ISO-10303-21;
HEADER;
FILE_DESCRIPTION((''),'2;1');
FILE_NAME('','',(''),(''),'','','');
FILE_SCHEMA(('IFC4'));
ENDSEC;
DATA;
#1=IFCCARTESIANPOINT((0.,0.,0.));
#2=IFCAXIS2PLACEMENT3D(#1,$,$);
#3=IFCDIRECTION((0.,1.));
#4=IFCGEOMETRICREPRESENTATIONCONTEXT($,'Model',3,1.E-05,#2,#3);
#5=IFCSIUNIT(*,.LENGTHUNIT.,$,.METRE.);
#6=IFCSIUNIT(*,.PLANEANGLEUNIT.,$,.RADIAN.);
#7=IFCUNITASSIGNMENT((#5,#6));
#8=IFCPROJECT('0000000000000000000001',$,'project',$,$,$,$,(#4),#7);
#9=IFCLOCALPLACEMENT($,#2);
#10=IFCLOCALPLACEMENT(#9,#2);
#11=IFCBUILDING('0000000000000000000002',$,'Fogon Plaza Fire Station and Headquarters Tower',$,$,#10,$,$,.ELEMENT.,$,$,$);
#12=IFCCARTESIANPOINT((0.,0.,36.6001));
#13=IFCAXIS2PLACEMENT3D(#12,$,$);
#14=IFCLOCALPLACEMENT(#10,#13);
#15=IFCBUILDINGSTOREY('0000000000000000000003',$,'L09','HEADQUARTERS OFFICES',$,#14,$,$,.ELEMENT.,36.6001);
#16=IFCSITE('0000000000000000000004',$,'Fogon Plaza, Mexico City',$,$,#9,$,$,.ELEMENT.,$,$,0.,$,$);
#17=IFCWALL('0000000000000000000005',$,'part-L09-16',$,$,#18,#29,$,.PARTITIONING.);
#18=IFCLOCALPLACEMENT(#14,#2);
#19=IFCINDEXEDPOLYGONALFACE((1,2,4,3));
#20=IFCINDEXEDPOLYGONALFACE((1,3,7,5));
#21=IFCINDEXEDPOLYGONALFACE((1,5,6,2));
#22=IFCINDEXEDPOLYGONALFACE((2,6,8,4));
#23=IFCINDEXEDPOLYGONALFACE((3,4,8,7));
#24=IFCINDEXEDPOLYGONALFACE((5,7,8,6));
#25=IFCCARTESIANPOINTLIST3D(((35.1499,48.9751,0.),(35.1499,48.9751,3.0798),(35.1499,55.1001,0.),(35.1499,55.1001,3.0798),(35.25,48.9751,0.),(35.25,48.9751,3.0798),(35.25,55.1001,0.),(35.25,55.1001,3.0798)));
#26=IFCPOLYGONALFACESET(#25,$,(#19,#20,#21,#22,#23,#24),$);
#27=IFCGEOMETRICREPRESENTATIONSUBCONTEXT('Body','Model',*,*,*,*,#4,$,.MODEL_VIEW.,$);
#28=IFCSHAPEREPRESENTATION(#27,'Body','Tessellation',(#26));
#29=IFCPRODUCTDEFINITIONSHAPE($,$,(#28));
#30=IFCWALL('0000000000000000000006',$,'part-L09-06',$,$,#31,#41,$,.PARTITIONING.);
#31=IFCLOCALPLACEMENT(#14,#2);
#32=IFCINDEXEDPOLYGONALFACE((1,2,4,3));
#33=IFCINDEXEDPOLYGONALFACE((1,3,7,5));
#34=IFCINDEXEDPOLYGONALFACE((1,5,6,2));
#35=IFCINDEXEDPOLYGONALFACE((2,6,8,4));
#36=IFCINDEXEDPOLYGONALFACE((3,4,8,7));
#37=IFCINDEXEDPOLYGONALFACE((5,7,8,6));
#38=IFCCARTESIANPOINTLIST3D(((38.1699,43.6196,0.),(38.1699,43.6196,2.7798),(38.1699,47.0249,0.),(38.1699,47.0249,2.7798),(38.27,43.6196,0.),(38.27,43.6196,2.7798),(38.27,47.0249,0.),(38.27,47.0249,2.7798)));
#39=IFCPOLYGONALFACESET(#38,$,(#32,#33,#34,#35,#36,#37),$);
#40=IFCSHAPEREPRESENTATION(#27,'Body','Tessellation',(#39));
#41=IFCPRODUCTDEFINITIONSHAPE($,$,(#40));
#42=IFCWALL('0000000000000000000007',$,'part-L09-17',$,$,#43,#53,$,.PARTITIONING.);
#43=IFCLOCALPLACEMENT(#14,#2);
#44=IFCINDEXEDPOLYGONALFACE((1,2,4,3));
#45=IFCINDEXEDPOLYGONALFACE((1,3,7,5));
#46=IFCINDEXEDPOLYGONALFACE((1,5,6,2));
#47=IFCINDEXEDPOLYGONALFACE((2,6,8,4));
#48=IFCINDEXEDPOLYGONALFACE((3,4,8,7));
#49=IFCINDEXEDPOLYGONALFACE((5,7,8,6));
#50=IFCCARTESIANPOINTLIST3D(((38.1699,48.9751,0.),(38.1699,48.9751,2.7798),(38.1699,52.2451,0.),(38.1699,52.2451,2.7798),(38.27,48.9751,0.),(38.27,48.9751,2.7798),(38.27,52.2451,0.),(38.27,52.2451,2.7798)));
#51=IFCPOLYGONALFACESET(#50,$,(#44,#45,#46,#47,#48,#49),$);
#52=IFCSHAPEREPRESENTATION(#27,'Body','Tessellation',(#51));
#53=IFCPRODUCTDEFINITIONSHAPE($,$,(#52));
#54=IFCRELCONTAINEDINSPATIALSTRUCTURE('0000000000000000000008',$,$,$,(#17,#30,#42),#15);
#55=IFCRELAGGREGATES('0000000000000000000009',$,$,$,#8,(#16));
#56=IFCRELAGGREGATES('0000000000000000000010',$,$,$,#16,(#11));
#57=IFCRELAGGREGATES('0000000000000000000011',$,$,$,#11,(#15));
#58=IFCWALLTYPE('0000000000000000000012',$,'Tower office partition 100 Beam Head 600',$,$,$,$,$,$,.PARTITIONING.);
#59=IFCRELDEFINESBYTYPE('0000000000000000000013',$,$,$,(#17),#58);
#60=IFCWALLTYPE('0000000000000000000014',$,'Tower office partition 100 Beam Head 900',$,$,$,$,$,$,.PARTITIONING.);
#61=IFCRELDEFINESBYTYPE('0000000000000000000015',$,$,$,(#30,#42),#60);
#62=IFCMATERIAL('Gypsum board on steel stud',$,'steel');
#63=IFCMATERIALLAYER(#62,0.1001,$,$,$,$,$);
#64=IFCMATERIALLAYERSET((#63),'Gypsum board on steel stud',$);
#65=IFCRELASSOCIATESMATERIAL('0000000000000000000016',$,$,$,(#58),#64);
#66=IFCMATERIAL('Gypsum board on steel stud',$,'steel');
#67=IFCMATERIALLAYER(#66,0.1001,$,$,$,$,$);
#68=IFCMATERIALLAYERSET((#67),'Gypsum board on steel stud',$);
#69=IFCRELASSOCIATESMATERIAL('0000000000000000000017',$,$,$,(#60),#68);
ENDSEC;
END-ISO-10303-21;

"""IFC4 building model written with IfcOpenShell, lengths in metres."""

from ifc_helpers import new_model, si_unit, direction, frame, frame_2d, origin, place, context, subcontext, project, spatial, rectangle, extrude, material, layer, layer_set, type_object, element, save


model = new_model("IFC4")

# Units and contexts
model_context = context("Model", 3, precision=1e-05, world=origin(), true_north=direction((0.0, 1.0)))
body_context = subcontext(model_context, "Body", "Model", "MODEL_VIEW")
ifc_project = project(units=[si_unit("LENGTHUNIT", "METRE"), si_unit("PLANEANGLEUNIT", "RADIAN")], contexts=[model_context])

# Site, building, storey
site_placement = place(None, origin())
site = spatial("IfcSite", under=ifc_project, at=site_placement, Name="Fogon Plaza, Mexico City", CompositionType="ELEMENT", RefElevation=0.0)
building_placement = place(site_placement, origin())
building = spatial("IfcBuilding", under=site, at=building_placement, Name="Fogon Plaza Fire Station and Headquarters Tower", CompositionType="ELEMENT")
storey_placement = place(building_placement, frame((0.0, 0.0, 36.6001)))
storey = spatial("IfcBuildingStorey", under=building, at=storey_placement, Name="L09", Description="HEADQUARTERS OFFICES", CompositionType="ELEMENT", Elevation=36.6001)

# Walls
ifc_material_1 = material(Name="Gypsum board on steel stud", Category="steel")
ifc_layer_1 = layer(ifc_material_1, 0.1001)
ifc_layer_set_1 = layer_set([ifc_layer_1], Name="Gypsum board on steel stud")
wall_type_1 = type_object("IfcWallType", Name="Tower office partition 100 Beam Head 600", PredefinedType="PARTITIONING", material=ifc_layer_set_1)
wall_1_placement = place(storey_placement, frame((35.2, 48.9751, 0.0), z_axis=(0.0, 0.0, 1.0), x_axis=(0.0, 1.0, 0.0)))
element("IfcWall", 1, at=wall_1_placement, inside=storey, type_object=wall_type_1, Name="part-L09-16", PredefinedType="PARTITIONING", context=body_context, shape_type="SweptSolid", body=[
    extrude(rectangle(XDim=6.125, YDim=0.1001, at=frame_2d((3.0625, 0.0))), origin(), (0.0, 0.0, 1.0), 3.0798),
])
ifc_material_2 = material(Name="Gypsum board on steel stud", Category="steel")
ifc_layer_2 = layer(ifc_material_2, 0.1001)
ifc_layer_set_2 = layer_set([ifc_layer_2], Name="Gypsum board on steel stud")
wall_type_2 = type_object("IfcWallType", Name="Tower office partition 100 Beam Head 900", PredefinedType="PARTITIONING", material=ifc_layer_set_2)
wall_2_placement = place(storey_placement, frame((38.22, 43.6196, 0.0), z_axis=(0.0, 0.0, 1.0), x_axis=(0.0, 1.0, 0.0)))
element("IfcWall", 2, at=wall_2_placement, inside=storey, type_object=wall_type_2, Name="part-L09-06", PredefinedType="PARTITIONING", context=body_context, shape_type="SweptSolid", body=[
    extrude(rectangle(XDim=3.4053, YDim=0.1001, at=frame_2d((1.7026, 0.0))), origin(), (0.0, 0.0, 1.0), 2.7798),
])
wall_3_placement = place(storey_placement, frame((38.22, 48.9751, 0.0), z_axis=(0.0, 0.0, 1.0), x_axis=(0.0, 1.0, 0.0)))
element("IfcWall", 3, at=wall_3_placement, inside=storey, type_object=wall_type_2, Name="part-L09-17", PredefinedType="PARTITIONING", context=body_context, shape_type="SweptSolid", body=[
    extrude(rectangle(XDim=3.27, YDim=0.1001, at=frame_2d((1.635, 0.0))), origin(), (0.0, 0.0, 1.0), 2.7798),
])

save(model, "model.ifc")
